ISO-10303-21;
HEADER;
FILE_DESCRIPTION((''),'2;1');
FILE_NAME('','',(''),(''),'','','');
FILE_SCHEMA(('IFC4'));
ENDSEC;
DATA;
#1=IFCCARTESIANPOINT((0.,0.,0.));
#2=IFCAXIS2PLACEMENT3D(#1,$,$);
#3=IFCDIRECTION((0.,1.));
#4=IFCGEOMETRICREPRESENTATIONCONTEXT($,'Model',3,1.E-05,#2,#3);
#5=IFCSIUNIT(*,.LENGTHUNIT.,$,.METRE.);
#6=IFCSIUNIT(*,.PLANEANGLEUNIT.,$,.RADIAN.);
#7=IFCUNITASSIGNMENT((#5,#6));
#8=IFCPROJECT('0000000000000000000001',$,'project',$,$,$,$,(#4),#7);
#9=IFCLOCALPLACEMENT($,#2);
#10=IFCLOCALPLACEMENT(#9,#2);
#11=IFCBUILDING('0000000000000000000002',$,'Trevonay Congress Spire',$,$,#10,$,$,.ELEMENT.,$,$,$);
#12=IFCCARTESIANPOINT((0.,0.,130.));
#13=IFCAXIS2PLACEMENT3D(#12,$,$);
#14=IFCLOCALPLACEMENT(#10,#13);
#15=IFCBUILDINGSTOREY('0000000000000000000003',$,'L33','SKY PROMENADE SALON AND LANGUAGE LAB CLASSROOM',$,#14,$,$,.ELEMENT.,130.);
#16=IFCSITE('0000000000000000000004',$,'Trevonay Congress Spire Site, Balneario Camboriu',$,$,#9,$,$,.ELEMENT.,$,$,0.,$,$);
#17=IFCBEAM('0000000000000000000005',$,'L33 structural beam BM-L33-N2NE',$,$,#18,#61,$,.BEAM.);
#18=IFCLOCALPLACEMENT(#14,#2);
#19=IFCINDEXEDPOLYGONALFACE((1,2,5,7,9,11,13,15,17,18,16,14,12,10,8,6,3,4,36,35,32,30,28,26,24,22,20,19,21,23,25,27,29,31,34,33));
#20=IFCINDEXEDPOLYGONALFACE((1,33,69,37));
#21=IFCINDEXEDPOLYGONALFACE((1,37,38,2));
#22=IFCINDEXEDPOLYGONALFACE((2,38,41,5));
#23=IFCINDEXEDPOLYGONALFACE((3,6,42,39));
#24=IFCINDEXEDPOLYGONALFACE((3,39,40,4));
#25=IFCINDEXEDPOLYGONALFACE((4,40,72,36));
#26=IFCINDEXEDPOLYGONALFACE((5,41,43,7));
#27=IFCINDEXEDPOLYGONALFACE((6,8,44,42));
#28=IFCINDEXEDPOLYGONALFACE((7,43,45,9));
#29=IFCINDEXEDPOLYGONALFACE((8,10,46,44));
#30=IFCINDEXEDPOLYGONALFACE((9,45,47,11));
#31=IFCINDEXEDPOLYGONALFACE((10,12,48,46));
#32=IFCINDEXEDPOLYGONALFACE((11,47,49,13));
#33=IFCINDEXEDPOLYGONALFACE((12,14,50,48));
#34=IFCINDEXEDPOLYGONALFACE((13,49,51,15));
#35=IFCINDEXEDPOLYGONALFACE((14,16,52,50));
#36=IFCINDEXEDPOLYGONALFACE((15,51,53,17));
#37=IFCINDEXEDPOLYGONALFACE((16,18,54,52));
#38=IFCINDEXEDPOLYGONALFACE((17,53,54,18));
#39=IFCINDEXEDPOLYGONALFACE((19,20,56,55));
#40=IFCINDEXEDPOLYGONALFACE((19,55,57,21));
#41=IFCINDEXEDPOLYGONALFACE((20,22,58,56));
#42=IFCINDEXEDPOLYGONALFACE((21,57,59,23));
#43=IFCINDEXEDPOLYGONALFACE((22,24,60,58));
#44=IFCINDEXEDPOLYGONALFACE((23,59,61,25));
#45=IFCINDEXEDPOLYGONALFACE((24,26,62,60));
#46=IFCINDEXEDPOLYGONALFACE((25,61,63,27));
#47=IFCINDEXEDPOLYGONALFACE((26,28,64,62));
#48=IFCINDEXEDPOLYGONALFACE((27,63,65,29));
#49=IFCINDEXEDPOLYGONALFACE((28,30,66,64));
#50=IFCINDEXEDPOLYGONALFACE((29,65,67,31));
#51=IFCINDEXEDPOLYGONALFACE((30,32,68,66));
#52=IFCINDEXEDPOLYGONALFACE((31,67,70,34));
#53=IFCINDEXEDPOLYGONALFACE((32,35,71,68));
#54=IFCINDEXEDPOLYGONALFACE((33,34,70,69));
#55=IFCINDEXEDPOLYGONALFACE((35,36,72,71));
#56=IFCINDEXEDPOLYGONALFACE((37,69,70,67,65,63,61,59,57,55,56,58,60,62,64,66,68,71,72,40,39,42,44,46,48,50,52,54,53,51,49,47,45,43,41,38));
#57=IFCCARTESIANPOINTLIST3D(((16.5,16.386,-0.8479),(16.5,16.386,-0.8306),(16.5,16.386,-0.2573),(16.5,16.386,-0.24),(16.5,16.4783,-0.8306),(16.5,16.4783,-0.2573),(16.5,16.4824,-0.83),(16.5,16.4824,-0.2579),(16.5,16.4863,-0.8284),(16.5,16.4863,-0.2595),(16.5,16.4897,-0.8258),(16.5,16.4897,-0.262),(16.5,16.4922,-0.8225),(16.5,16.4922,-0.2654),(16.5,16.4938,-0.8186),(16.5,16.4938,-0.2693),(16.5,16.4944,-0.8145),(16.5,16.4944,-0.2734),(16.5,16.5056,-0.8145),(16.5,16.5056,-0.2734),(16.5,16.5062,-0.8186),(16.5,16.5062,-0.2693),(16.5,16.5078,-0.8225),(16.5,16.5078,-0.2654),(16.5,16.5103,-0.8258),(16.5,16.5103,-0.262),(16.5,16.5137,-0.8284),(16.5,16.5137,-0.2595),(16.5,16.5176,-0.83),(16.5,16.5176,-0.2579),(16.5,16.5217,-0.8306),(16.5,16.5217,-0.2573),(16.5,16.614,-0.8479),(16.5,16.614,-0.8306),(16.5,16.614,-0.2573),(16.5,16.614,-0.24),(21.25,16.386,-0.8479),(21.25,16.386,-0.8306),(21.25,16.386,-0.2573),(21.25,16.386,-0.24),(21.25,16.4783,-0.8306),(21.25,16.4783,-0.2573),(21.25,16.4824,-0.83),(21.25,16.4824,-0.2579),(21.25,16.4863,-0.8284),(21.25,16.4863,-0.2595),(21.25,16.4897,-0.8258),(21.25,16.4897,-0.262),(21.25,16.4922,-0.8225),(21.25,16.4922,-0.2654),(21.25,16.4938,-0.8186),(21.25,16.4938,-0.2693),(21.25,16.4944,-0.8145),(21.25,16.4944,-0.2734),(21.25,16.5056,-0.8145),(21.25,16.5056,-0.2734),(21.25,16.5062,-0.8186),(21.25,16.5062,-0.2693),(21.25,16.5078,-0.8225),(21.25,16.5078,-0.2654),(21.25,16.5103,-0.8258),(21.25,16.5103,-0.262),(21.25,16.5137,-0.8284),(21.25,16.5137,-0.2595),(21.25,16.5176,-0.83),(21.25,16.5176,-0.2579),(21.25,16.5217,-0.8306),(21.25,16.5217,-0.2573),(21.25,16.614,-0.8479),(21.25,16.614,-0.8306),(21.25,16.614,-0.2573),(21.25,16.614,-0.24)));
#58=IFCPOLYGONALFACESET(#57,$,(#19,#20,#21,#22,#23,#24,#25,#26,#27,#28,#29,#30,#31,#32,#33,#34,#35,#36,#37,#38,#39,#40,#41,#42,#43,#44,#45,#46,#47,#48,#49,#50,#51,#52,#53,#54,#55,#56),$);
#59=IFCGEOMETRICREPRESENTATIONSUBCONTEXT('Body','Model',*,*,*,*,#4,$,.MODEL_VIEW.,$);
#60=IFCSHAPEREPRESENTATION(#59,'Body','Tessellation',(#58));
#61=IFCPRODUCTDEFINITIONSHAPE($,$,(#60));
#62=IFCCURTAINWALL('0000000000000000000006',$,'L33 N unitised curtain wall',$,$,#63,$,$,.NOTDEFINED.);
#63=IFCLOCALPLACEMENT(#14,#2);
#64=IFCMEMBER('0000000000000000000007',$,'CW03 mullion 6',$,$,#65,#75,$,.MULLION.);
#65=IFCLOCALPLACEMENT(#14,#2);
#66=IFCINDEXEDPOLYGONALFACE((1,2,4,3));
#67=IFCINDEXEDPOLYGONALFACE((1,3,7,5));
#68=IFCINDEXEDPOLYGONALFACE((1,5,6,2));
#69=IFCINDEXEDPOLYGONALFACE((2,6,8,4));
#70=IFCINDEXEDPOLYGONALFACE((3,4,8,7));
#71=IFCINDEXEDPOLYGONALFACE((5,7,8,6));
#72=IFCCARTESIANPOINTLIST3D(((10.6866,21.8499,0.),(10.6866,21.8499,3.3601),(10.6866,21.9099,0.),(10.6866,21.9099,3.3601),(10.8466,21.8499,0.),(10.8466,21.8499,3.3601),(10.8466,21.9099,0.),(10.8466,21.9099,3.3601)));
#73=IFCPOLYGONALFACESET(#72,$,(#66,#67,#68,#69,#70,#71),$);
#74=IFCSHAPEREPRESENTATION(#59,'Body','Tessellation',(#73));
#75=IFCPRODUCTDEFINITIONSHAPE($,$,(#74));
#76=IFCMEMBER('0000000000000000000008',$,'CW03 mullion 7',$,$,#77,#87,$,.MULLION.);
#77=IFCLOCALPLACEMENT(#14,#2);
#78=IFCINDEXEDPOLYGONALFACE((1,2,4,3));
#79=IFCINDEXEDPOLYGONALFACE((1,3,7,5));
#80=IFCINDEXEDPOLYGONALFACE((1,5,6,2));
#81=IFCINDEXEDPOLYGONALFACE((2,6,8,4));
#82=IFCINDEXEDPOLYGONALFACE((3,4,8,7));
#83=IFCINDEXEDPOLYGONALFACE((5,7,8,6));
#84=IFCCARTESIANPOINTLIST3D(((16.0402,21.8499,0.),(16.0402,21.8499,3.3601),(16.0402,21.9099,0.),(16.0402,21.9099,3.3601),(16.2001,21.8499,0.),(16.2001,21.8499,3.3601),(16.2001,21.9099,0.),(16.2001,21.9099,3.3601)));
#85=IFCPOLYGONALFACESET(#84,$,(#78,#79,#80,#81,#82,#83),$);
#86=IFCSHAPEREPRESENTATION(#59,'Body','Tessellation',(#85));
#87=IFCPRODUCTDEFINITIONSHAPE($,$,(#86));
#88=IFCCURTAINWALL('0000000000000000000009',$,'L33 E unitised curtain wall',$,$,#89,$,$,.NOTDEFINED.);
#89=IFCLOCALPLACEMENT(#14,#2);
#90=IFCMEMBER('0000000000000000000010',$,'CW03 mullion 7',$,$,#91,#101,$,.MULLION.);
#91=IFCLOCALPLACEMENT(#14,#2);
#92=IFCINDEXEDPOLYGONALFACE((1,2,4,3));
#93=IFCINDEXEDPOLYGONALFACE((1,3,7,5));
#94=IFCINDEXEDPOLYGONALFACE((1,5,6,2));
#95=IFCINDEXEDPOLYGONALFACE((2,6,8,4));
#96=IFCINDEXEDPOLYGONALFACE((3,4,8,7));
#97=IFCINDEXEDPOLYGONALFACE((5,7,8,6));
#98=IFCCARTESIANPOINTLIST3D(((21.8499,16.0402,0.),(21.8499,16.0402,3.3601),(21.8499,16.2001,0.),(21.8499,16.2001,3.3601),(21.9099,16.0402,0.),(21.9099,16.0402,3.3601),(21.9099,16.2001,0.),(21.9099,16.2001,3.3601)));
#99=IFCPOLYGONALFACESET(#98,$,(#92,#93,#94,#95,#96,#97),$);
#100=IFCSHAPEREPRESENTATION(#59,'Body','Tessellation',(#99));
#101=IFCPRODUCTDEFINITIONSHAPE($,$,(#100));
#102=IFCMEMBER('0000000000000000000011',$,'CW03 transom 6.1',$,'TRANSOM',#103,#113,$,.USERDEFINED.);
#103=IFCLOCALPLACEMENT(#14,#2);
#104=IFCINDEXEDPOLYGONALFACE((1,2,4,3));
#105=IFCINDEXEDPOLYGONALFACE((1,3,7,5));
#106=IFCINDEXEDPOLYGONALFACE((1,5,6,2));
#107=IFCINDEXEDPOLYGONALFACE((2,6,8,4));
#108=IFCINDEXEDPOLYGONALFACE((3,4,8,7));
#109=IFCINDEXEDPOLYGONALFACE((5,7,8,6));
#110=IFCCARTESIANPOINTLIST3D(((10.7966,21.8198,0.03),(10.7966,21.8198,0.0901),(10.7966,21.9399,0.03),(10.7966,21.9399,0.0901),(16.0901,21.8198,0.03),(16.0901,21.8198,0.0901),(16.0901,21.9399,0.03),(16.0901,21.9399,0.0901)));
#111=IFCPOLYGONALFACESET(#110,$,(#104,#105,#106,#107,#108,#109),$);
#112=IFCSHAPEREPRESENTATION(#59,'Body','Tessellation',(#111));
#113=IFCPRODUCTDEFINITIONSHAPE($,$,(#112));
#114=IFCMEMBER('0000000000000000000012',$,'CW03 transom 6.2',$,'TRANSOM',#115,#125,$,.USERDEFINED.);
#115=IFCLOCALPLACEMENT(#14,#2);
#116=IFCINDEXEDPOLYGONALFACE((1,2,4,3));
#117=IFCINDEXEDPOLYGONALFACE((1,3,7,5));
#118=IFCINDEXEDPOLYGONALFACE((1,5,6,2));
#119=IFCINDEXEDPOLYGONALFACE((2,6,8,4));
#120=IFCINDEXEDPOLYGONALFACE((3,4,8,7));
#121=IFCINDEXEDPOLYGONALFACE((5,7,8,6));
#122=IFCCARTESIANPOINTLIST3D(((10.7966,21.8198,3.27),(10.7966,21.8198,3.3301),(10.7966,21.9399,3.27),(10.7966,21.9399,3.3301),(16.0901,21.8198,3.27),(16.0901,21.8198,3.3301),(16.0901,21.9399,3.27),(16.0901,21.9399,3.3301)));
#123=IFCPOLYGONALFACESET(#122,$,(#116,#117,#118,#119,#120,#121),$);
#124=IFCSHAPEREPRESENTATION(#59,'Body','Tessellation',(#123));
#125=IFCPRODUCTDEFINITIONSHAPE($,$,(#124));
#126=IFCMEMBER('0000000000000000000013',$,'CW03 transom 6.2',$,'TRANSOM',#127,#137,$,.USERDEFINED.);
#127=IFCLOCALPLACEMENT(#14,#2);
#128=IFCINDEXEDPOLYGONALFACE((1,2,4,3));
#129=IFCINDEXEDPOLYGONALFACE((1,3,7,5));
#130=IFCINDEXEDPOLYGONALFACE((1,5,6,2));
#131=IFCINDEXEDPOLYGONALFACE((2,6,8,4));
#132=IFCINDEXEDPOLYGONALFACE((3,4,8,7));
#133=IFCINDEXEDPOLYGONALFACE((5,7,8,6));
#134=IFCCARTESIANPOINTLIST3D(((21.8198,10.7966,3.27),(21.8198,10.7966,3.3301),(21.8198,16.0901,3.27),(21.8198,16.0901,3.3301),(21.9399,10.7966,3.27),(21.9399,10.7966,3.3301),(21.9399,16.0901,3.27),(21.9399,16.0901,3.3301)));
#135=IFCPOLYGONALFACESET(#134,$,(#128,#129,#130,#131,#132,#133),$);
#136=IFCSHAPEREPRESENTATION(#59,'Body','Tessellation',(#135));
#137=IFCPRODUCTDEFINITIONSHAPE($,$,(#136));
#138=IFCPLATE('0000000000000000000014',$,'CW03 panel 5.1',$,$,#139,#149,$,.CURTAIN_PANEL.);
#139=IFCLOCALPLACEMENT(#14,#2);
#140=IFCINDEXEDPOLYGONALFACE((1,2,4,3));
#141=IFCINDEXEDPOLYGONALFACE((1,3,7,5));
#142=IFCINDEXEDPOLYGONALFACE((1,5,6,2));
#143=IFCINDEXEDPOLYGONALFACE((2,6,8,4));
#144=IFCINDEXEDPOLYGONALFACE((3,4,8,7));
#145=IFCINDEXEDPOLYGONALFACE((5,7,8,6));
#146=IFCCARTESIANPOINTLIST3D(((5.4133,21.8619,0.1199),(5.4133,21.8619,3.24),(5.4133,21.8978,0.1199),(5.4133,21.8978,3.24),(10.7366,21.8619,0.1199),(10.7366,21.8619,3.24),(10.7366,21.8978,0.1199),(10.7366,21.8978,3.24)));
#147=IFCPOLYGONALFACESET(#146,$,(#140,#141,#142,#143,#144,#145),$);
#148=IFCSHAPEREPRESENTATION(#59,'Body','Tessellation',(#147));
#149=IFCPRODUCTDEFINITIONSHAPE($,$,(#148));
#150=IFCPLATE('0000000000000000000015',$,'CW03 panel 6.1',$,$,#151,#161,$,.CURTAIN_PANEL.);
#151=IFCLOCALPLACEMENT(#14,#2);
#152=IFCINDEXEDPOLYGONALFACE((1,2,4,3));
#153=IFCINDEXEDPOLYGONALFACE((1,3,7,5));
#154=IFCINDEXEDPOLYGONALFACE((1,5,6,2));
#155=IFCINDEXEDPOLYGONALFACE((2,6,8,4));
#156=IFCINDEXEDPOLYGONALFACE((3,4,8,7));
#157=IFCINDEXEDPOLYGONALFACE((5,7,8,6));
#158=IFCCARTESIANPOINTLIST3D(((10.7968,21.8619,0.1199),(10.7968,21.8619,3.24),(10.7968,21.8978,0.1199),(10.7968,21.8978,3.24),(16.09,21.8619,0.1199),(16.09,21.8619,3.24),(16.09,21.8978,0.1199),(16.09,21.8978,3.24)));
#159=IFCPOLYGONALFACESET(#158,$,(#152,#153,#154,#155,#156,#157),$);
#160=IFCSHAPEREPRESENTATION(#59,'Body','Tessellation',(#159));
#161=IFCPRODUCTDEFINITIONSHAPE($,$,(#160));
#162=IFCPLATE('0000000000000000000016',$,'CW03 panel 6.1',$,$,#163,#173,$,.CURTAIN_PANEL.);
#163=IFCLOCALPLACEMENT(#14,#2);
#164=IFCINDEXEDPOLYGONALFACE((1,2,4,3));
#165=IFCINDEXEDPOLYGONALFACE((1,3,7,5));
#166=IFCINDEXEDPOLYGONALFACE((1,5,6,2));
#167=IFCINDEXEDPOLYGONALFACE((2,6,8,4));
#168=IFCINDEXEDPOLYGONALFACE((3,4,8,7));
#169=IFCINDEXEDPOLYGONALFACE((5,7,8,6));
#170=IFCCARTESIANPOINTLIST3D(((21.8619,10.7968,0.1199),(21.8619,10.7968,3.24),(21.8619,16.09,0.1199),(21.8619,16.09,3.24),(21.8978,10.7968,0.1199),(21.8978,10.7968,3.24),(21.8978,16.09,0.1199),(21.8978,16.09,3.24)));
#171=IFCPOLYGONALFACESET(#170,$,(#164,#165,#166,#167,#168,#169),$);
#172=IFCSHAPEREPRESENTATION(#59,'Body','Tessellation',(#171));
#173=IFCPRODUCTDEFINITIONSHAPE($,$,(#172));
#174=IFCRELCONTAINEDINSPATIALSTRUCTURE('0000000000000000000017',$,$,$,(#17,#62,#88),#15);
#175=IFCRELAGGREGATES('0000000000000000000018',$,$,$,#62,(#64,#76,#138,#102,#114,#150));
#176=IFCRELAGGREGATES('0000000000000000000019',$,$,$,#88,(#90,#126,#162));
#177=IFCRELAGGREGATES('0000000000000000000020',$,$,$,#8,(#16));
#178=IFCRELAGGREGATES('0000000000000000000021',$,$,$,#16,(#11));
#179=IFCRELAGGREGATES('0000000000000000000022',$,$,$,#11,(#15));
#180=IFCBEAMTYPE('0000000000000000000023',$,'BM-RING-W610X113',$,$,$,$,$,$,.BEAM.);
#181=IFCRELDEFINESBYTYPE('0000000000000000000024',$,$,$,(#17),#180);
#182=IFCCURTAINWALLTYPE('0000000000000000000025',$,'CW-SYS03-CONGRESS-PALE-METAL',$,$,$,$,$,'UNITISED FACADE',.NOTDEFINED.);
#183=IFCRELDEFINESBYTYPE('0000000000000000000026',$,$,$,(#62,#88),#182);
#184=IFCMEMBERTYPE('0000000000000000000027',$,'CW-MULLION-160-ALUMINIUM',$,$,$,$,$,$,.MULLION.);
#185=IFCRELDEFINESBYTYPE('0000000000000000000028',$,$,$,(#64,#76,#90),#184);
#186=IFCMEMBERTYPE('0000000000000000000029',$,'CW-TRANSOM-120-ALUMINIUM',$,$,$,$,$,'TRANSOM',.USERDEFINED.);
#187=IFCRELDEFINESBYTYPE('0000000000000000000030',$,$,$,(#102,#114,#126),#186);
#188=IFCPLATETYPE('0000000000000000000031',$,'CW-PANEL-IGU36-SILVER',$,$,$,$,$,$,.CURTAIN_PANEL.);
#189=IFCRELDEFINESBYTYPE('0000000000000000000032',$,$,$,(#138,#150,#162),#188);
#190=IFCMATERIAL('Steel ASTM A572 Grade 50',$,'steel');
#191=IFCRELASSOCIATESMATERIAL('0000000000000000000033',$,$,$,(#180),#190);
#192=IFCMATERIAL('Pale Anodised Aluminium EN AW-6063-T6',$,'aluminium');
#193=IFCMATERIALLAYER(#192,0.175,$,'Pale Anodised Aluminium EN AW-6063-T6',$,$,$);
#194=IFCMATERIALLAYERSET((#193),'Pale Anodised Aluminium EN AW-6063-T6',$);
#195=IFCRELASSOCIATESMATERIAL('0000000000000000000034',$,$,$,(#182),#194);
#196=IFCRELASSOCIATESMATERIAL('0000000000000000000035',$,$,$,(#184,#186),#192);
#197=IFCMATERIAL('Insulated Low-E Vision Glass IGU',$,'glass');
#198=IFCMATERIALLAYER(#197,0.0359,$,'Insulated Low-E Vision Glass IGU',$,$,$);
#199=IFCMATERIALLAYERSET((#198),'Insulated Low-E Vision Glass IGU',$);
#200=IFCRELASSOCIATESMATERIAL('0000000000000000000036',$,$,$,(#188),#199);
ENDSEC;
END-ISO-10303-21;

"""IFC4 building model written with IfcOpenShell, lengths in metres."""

from ifc_helpers import new_model, si_unit, direction, frame, origin, origin_2d, place, context, subcontext, project, spatial, rectangle, i_section, extrude, material, layer, layer_set, material_profile, profile_set, type_object, element, aggregate, save


model = new_model("IFC4")

# Units and contexts
model_context = context("Model", 3, precision=1e-05, world=origin(), true_north=direction((0.0, 1.0)))
body_context = subcontext(model_context, "Body", "Model", "MODEL_VIEW")
ifc_project = project(units=[si_unit("LENGTHUNIT", "METRE"), si_unit("PLANEANGLEUNIT", "RADIAN")], contexts=[model_context])

# Site, building, storey
site_placement = place(None, origin())
site = spatial("IfcSite", under=ifc_project, at=site_placement, Name="Trevonay Congress Spire Site, Balneario Camboriu", CompositionType="ELEMENT", RefElevation=0.0)
building_placement = place(site_placement, origin())
building = spatial("IfcBuilding", under=site, at=building_placement, Name="Trevonay Congress Spire", CompositionType="ELEMENT")
storey_placement = place(building_placement, frame((0.0, 0.0, 130.0)))
storey = spatial("IfcBuildingStorey", under=building, at=storey_placement, Name="L33", Description="SKY PROMENADE SALON AND LANGUAGE LAB CLASSROOM", CompositionType="ELEMENT", Elevation=130.0)

# Shared definitions
ifc_material_1 = material(Name="Steel ASTM A572 Grade 50", Category="steel")

# Beam
ifc_material_profile_1 = material_profile(ifc_material_1, i_section(OverallWidth=0.228, OverallDepth=0.6079, WebThickness=0.0112, FlangeThickness=0.0173, FilletRadius=0.0161, at=origin_2d()), Name="W610x113")
ifc_profile_set_1 = profile_set([ifc_material_profile_1], Name="Steel ASTM A572 Grade 50")
beam_type = type_object("IfcBeamType", Name="BM-RING-W610X113", PredefinedType="BEAM", material=ifc_profile_set_1)
for number, where, z_axis, x_axis, name in (
    (1, (21.25, 16.5, -0.5439), (-1.0, 0.0, 0.0), (0.0, -1.0, 0.0), "L33 structural beam BM-L33-N2NE"),
):
    element("IfcBeam", number, at=place(storey_placement, frame(where, z_axis=z_axis, x_axis=x_axis)), inside=storey, type_object=beam_type, Name=name, PredefinedType="BEAM", context=body_context, shape_type="SweptSolid", body=[
        extrude(i_section(OverallWidth=0.228, OverallDepth=0.6079, WebThickness=0.0112, FlangeThickness=0.0173, FilletRadius=0.0161, at=origin_2d()), origin(), (0.0, 0.0, 1.0), 4.75),
    ])

# Curtain wall, members
ifc_material_2 = material(Name="Pale Anodised Aluminium EN AW-6063-T6", Category="aluminium")
ifc_layer_1 = layer(ifc_material_2, 0.175, Name="Pale Anodised Aluminium EN AW-6063-T6")
ifc_layer_set_1 = layer_set([ifc_layer_1], Name="Pale Anodised Aluminium EN AW-6063-T6")
curtain_wall_type = type_object("IfcCurtainWallType", Name="CW-SYS03-CONGRESS-PALE-METAL", ElementType="UNITISED FACADE", PredefinedType="NOTDEFINED", material=ifc_layer_set_1)
curtain_wall_1_placement = place(storey_placement, origin())
curtain_wall_1 = element("IfcCurtainWall", 2, at=curtain_wall_1_placement, inside=storey, type_object=curtain_wall_type, Name="L33 N unitised curtain wall", PredefinedType="NOTDEFINED")
ifc_material_profile_2 = material_profile(ifc_material_2, rectangle(XDim=0.0601, YDim=0.1599, at=origin_2d()), Name="CW-MULLION-160-ALUMINIUM")
ifc_profile_set_2 = profile_set([ifc_material_profile_2], Name="Pale Anodised Aluminium EN AW-6063-T6")
member_type_1 = type_object("IfcMemberType", Name="CW-MULLION-160-ALUMINIUM", PredefinedType="MULLION", material=ifc_profile_set_2)
member_1_placement = place(storey_placement, frame((10.7666, 21.8799, 0.0), z_axis=(0.0, 0.0, 1.0), x_axis=(0.0, 1.0, 0.0)))
member_1 = element("IfcMember", 3, at=member_1_placement, type_object=member_type_1, Name="CW03 mullion 6", PredefinedType="MULLION", context=body_context, shape_type="SweptSolid", body=[
    extrude(rectangle(XDim=0.0601, YDim=0.1599, at=origin_2d()), origin(), (0.0, 0.0, 1.0), 3.3601),
])
member_2_placement = place(storey_placement, frame((16.1201, 21.8799, 0.0), z_axis=(0.0, 0.0, 1.0), x_axis=(0.0, 1.0, 0.0)))
member_2 = element("IfcMember", 4, at=member_2_placement, type_object=member_type_1, Name="CW03 mullion 7", PredefinedType="MULLION", context=body_context, shape_type="SweptSolid", body=[
    extrude(rectangle(XDim=0.0601, YDim=0.1599, at=origin_2d()), origin(), (0.0, 0.0, 1.0), 3.3601),
])

# Curtain wall, member
curtain_wall_2_placement = place(storey_placement, origin())
curtain_wall_2 = element("IfcCurtainWall", 5, at=curtain_wall_2_placement, inside=storey, type_object=curtain_wall_type, Name="L33 E unitised curtain wall", PredefinedType="NOTDEFINED")
member_3_placement = place(storey_placement, frame((21.8799, 16.1201, 0.0), z_axis=(0.0, 0.0, 1.0), x_axis=(-1.0, 0.0, 0.0)))
member_3 = element("IfcMember", 6, at=member_3_placement, type_object=member_type_1, Name="CW03 mullion 7", PredefinedType="MULLION", context=body_context, shape_type="SweptSolid", body=[
    extrude(rectangle(XDim=0.0601, YDim=0.1599, at=origin_2d()), origin(), (0.0, 0.0, 1.0), 3.3601),
])

# Members
ifc_material_profile_3 = material_profile(ifc_material_2, rectangle(XDim=0.1201, YDim=0.0601, at=origin_2d()), Name="CW-TRANSOM-120-ALUMINIUM")
ifc_profile_set_3 = profile_set([ifc_material_profile_3], Name="Pale Anodised Aluminium EN AW-6063-T6")
member_type_2 = type_object("IfcMemberType", Name="CW-TRANSOM-120-ALUMINIUM", ElementType="TRANSOM", PredefinedType="USERDEFINED", material=ifc_profile_set_3)
member_4_placement = place(storey_placement, frame((10.7966, 21.8799, 0.0601), z_axis=(1.0, 0.0, 0.0), x_axis=(0.0, 1.0, 0.0)))
member_4 = element("IfcMember", 7, at=member_4_placement, type_object=member_type_2, Name="CW03 transom 6.1", ObjectType="TRANSOM", PredefinedType="USERDEFINED", context=body_context, shape_type="SweptSolid", body=[
    extrude(rectangle(XDim=0.1201, YDim=0.0601, at=origin_2d()), origin(), (0.0, 0.0, 1.0), 5.2935),
])
member_5_placement = place(storey_placement, frame((10.7966, 21.8799, 3.3), z_axis=(1.0, 0.0, 0.0), x_axis=(0.0, 1.0, 0.0)))
member_5 = element("IfcMember", 8, at=member_5_placement, type_object=member_type_2, Name="CW03 transom 6.2", ObjectType="TRANSOM", PredefinedType="USERDEFINED", context=body_context, shape_type="SweptSolid", body=[
    extrude(rectangle(XDim=0.1201, YDim=0.0601, at=origin_2d()), origin(), (0.0, 0.0, 1.0), 5.2935),
])
member_6_placement = place(storey_placement, frame((21.8799, 10.7966, 3.3), z_axis=(0.0, 1.0, 0.0), x_axis=(-1.0, 0.0, 0.0)))
member_6 = element("IfcMember", 9, at=member_6_placement, type_object=member_type_2, Name="CW03 transom 6.2", ObjectType="TRANSOM", PredefinedType="USERDEFINED", context=body_context, shape_type="SweptSolid", body=[
    extrude(rectangle(XDim=0.1201, YDim=0.0601, at=origin_2d()), origin(), (0.0, 0.0, 1.0), 5.2935),
])

# Plates
ifc_material_3 = material(Name="Insulated Low-E Vision Glass IGU", Category="glass")
ifc_layer_2 = layer(ifc_material_3, 0.0359, Name="Insulated Low-E Vision Glass IGU")
ifc_layer_set_2 = layer_set([ifc_layer_2], Name="Insulated Low-E Vision Glass IGU")
plate_type = type_object("IfcPlateType", Name="CW-PANEL-IGU36-SILVER", PredefinedType="CURTAIN_PANEL", material=ifc_layer_set_2)
plate_1_placement = place(storey_placement, frame((8.075, 21.8799, 0.1199), z_axis=(0.0, 0.0, 1.0), x_axis=(1.0, 0.0, 0.0)))
plate_1 = element("IfcPlate", 10, at=plate_1_placement, type_object=plate_type, Name="CW03 panel 5.1", PredefinedType="CURTAIN_PANEL", context=body_context, shape_type="SweptSolid", body=[
    extrude(rectangle(XDim=5.3232, YDim=0.0359, at=origin_2d()), origin(), (0.0, 0.0, 1.0), 3.1201),
])
plate_2_placement = place(storey_placement, frame((13.4434, 21.8799, 0.1199), z_axis=(0.0, 0.0, 1.0), x_axis=(1.0, 0.0, 0.0)))
plate_2 = element("IfcPlate", 11, at=plate_2_placement, type_object=plate_type, Name="CW03 panel 6.1", PredefinedType="CURTAIN_PANEL", context=body_context, shape_type="SweptSolid", body=[
    extrude(rectangle(XDim=5.2932, YDim=0.0359, at=origin_2d()), origin(), (0.0, 0.0, 1.0), 3.1201),
])
aggregate(curtain_wall_1, [member_1, member_2, plate_1, member_4, member_5, plate_2])
plate_3_placement = place(storey_placement, frame((21.8799, 13.4434, 0.1199), z_axis=(0.0, 0.0, 1.0), x_axis=(0.0, 1.0, 0.0)))
plate_3 = element("IfcPlate", 12, at=plate_3_placement, type_object=plate_type, Name="CW03 panel 6.1", PredefinedType="CURTAIN_PANEL", context=body_context, shape_type="SweptSolid", body=[
    extrude(rectangle(XDim=5.2932, YDim=0.0359, at=origin_2d()), origin(), (0.0, 0.0, 1.0), 3.1201),
])
aggregate(curtain_wall_2, [member_3, member_6, plate_3])

save(model, "model.ifc")
